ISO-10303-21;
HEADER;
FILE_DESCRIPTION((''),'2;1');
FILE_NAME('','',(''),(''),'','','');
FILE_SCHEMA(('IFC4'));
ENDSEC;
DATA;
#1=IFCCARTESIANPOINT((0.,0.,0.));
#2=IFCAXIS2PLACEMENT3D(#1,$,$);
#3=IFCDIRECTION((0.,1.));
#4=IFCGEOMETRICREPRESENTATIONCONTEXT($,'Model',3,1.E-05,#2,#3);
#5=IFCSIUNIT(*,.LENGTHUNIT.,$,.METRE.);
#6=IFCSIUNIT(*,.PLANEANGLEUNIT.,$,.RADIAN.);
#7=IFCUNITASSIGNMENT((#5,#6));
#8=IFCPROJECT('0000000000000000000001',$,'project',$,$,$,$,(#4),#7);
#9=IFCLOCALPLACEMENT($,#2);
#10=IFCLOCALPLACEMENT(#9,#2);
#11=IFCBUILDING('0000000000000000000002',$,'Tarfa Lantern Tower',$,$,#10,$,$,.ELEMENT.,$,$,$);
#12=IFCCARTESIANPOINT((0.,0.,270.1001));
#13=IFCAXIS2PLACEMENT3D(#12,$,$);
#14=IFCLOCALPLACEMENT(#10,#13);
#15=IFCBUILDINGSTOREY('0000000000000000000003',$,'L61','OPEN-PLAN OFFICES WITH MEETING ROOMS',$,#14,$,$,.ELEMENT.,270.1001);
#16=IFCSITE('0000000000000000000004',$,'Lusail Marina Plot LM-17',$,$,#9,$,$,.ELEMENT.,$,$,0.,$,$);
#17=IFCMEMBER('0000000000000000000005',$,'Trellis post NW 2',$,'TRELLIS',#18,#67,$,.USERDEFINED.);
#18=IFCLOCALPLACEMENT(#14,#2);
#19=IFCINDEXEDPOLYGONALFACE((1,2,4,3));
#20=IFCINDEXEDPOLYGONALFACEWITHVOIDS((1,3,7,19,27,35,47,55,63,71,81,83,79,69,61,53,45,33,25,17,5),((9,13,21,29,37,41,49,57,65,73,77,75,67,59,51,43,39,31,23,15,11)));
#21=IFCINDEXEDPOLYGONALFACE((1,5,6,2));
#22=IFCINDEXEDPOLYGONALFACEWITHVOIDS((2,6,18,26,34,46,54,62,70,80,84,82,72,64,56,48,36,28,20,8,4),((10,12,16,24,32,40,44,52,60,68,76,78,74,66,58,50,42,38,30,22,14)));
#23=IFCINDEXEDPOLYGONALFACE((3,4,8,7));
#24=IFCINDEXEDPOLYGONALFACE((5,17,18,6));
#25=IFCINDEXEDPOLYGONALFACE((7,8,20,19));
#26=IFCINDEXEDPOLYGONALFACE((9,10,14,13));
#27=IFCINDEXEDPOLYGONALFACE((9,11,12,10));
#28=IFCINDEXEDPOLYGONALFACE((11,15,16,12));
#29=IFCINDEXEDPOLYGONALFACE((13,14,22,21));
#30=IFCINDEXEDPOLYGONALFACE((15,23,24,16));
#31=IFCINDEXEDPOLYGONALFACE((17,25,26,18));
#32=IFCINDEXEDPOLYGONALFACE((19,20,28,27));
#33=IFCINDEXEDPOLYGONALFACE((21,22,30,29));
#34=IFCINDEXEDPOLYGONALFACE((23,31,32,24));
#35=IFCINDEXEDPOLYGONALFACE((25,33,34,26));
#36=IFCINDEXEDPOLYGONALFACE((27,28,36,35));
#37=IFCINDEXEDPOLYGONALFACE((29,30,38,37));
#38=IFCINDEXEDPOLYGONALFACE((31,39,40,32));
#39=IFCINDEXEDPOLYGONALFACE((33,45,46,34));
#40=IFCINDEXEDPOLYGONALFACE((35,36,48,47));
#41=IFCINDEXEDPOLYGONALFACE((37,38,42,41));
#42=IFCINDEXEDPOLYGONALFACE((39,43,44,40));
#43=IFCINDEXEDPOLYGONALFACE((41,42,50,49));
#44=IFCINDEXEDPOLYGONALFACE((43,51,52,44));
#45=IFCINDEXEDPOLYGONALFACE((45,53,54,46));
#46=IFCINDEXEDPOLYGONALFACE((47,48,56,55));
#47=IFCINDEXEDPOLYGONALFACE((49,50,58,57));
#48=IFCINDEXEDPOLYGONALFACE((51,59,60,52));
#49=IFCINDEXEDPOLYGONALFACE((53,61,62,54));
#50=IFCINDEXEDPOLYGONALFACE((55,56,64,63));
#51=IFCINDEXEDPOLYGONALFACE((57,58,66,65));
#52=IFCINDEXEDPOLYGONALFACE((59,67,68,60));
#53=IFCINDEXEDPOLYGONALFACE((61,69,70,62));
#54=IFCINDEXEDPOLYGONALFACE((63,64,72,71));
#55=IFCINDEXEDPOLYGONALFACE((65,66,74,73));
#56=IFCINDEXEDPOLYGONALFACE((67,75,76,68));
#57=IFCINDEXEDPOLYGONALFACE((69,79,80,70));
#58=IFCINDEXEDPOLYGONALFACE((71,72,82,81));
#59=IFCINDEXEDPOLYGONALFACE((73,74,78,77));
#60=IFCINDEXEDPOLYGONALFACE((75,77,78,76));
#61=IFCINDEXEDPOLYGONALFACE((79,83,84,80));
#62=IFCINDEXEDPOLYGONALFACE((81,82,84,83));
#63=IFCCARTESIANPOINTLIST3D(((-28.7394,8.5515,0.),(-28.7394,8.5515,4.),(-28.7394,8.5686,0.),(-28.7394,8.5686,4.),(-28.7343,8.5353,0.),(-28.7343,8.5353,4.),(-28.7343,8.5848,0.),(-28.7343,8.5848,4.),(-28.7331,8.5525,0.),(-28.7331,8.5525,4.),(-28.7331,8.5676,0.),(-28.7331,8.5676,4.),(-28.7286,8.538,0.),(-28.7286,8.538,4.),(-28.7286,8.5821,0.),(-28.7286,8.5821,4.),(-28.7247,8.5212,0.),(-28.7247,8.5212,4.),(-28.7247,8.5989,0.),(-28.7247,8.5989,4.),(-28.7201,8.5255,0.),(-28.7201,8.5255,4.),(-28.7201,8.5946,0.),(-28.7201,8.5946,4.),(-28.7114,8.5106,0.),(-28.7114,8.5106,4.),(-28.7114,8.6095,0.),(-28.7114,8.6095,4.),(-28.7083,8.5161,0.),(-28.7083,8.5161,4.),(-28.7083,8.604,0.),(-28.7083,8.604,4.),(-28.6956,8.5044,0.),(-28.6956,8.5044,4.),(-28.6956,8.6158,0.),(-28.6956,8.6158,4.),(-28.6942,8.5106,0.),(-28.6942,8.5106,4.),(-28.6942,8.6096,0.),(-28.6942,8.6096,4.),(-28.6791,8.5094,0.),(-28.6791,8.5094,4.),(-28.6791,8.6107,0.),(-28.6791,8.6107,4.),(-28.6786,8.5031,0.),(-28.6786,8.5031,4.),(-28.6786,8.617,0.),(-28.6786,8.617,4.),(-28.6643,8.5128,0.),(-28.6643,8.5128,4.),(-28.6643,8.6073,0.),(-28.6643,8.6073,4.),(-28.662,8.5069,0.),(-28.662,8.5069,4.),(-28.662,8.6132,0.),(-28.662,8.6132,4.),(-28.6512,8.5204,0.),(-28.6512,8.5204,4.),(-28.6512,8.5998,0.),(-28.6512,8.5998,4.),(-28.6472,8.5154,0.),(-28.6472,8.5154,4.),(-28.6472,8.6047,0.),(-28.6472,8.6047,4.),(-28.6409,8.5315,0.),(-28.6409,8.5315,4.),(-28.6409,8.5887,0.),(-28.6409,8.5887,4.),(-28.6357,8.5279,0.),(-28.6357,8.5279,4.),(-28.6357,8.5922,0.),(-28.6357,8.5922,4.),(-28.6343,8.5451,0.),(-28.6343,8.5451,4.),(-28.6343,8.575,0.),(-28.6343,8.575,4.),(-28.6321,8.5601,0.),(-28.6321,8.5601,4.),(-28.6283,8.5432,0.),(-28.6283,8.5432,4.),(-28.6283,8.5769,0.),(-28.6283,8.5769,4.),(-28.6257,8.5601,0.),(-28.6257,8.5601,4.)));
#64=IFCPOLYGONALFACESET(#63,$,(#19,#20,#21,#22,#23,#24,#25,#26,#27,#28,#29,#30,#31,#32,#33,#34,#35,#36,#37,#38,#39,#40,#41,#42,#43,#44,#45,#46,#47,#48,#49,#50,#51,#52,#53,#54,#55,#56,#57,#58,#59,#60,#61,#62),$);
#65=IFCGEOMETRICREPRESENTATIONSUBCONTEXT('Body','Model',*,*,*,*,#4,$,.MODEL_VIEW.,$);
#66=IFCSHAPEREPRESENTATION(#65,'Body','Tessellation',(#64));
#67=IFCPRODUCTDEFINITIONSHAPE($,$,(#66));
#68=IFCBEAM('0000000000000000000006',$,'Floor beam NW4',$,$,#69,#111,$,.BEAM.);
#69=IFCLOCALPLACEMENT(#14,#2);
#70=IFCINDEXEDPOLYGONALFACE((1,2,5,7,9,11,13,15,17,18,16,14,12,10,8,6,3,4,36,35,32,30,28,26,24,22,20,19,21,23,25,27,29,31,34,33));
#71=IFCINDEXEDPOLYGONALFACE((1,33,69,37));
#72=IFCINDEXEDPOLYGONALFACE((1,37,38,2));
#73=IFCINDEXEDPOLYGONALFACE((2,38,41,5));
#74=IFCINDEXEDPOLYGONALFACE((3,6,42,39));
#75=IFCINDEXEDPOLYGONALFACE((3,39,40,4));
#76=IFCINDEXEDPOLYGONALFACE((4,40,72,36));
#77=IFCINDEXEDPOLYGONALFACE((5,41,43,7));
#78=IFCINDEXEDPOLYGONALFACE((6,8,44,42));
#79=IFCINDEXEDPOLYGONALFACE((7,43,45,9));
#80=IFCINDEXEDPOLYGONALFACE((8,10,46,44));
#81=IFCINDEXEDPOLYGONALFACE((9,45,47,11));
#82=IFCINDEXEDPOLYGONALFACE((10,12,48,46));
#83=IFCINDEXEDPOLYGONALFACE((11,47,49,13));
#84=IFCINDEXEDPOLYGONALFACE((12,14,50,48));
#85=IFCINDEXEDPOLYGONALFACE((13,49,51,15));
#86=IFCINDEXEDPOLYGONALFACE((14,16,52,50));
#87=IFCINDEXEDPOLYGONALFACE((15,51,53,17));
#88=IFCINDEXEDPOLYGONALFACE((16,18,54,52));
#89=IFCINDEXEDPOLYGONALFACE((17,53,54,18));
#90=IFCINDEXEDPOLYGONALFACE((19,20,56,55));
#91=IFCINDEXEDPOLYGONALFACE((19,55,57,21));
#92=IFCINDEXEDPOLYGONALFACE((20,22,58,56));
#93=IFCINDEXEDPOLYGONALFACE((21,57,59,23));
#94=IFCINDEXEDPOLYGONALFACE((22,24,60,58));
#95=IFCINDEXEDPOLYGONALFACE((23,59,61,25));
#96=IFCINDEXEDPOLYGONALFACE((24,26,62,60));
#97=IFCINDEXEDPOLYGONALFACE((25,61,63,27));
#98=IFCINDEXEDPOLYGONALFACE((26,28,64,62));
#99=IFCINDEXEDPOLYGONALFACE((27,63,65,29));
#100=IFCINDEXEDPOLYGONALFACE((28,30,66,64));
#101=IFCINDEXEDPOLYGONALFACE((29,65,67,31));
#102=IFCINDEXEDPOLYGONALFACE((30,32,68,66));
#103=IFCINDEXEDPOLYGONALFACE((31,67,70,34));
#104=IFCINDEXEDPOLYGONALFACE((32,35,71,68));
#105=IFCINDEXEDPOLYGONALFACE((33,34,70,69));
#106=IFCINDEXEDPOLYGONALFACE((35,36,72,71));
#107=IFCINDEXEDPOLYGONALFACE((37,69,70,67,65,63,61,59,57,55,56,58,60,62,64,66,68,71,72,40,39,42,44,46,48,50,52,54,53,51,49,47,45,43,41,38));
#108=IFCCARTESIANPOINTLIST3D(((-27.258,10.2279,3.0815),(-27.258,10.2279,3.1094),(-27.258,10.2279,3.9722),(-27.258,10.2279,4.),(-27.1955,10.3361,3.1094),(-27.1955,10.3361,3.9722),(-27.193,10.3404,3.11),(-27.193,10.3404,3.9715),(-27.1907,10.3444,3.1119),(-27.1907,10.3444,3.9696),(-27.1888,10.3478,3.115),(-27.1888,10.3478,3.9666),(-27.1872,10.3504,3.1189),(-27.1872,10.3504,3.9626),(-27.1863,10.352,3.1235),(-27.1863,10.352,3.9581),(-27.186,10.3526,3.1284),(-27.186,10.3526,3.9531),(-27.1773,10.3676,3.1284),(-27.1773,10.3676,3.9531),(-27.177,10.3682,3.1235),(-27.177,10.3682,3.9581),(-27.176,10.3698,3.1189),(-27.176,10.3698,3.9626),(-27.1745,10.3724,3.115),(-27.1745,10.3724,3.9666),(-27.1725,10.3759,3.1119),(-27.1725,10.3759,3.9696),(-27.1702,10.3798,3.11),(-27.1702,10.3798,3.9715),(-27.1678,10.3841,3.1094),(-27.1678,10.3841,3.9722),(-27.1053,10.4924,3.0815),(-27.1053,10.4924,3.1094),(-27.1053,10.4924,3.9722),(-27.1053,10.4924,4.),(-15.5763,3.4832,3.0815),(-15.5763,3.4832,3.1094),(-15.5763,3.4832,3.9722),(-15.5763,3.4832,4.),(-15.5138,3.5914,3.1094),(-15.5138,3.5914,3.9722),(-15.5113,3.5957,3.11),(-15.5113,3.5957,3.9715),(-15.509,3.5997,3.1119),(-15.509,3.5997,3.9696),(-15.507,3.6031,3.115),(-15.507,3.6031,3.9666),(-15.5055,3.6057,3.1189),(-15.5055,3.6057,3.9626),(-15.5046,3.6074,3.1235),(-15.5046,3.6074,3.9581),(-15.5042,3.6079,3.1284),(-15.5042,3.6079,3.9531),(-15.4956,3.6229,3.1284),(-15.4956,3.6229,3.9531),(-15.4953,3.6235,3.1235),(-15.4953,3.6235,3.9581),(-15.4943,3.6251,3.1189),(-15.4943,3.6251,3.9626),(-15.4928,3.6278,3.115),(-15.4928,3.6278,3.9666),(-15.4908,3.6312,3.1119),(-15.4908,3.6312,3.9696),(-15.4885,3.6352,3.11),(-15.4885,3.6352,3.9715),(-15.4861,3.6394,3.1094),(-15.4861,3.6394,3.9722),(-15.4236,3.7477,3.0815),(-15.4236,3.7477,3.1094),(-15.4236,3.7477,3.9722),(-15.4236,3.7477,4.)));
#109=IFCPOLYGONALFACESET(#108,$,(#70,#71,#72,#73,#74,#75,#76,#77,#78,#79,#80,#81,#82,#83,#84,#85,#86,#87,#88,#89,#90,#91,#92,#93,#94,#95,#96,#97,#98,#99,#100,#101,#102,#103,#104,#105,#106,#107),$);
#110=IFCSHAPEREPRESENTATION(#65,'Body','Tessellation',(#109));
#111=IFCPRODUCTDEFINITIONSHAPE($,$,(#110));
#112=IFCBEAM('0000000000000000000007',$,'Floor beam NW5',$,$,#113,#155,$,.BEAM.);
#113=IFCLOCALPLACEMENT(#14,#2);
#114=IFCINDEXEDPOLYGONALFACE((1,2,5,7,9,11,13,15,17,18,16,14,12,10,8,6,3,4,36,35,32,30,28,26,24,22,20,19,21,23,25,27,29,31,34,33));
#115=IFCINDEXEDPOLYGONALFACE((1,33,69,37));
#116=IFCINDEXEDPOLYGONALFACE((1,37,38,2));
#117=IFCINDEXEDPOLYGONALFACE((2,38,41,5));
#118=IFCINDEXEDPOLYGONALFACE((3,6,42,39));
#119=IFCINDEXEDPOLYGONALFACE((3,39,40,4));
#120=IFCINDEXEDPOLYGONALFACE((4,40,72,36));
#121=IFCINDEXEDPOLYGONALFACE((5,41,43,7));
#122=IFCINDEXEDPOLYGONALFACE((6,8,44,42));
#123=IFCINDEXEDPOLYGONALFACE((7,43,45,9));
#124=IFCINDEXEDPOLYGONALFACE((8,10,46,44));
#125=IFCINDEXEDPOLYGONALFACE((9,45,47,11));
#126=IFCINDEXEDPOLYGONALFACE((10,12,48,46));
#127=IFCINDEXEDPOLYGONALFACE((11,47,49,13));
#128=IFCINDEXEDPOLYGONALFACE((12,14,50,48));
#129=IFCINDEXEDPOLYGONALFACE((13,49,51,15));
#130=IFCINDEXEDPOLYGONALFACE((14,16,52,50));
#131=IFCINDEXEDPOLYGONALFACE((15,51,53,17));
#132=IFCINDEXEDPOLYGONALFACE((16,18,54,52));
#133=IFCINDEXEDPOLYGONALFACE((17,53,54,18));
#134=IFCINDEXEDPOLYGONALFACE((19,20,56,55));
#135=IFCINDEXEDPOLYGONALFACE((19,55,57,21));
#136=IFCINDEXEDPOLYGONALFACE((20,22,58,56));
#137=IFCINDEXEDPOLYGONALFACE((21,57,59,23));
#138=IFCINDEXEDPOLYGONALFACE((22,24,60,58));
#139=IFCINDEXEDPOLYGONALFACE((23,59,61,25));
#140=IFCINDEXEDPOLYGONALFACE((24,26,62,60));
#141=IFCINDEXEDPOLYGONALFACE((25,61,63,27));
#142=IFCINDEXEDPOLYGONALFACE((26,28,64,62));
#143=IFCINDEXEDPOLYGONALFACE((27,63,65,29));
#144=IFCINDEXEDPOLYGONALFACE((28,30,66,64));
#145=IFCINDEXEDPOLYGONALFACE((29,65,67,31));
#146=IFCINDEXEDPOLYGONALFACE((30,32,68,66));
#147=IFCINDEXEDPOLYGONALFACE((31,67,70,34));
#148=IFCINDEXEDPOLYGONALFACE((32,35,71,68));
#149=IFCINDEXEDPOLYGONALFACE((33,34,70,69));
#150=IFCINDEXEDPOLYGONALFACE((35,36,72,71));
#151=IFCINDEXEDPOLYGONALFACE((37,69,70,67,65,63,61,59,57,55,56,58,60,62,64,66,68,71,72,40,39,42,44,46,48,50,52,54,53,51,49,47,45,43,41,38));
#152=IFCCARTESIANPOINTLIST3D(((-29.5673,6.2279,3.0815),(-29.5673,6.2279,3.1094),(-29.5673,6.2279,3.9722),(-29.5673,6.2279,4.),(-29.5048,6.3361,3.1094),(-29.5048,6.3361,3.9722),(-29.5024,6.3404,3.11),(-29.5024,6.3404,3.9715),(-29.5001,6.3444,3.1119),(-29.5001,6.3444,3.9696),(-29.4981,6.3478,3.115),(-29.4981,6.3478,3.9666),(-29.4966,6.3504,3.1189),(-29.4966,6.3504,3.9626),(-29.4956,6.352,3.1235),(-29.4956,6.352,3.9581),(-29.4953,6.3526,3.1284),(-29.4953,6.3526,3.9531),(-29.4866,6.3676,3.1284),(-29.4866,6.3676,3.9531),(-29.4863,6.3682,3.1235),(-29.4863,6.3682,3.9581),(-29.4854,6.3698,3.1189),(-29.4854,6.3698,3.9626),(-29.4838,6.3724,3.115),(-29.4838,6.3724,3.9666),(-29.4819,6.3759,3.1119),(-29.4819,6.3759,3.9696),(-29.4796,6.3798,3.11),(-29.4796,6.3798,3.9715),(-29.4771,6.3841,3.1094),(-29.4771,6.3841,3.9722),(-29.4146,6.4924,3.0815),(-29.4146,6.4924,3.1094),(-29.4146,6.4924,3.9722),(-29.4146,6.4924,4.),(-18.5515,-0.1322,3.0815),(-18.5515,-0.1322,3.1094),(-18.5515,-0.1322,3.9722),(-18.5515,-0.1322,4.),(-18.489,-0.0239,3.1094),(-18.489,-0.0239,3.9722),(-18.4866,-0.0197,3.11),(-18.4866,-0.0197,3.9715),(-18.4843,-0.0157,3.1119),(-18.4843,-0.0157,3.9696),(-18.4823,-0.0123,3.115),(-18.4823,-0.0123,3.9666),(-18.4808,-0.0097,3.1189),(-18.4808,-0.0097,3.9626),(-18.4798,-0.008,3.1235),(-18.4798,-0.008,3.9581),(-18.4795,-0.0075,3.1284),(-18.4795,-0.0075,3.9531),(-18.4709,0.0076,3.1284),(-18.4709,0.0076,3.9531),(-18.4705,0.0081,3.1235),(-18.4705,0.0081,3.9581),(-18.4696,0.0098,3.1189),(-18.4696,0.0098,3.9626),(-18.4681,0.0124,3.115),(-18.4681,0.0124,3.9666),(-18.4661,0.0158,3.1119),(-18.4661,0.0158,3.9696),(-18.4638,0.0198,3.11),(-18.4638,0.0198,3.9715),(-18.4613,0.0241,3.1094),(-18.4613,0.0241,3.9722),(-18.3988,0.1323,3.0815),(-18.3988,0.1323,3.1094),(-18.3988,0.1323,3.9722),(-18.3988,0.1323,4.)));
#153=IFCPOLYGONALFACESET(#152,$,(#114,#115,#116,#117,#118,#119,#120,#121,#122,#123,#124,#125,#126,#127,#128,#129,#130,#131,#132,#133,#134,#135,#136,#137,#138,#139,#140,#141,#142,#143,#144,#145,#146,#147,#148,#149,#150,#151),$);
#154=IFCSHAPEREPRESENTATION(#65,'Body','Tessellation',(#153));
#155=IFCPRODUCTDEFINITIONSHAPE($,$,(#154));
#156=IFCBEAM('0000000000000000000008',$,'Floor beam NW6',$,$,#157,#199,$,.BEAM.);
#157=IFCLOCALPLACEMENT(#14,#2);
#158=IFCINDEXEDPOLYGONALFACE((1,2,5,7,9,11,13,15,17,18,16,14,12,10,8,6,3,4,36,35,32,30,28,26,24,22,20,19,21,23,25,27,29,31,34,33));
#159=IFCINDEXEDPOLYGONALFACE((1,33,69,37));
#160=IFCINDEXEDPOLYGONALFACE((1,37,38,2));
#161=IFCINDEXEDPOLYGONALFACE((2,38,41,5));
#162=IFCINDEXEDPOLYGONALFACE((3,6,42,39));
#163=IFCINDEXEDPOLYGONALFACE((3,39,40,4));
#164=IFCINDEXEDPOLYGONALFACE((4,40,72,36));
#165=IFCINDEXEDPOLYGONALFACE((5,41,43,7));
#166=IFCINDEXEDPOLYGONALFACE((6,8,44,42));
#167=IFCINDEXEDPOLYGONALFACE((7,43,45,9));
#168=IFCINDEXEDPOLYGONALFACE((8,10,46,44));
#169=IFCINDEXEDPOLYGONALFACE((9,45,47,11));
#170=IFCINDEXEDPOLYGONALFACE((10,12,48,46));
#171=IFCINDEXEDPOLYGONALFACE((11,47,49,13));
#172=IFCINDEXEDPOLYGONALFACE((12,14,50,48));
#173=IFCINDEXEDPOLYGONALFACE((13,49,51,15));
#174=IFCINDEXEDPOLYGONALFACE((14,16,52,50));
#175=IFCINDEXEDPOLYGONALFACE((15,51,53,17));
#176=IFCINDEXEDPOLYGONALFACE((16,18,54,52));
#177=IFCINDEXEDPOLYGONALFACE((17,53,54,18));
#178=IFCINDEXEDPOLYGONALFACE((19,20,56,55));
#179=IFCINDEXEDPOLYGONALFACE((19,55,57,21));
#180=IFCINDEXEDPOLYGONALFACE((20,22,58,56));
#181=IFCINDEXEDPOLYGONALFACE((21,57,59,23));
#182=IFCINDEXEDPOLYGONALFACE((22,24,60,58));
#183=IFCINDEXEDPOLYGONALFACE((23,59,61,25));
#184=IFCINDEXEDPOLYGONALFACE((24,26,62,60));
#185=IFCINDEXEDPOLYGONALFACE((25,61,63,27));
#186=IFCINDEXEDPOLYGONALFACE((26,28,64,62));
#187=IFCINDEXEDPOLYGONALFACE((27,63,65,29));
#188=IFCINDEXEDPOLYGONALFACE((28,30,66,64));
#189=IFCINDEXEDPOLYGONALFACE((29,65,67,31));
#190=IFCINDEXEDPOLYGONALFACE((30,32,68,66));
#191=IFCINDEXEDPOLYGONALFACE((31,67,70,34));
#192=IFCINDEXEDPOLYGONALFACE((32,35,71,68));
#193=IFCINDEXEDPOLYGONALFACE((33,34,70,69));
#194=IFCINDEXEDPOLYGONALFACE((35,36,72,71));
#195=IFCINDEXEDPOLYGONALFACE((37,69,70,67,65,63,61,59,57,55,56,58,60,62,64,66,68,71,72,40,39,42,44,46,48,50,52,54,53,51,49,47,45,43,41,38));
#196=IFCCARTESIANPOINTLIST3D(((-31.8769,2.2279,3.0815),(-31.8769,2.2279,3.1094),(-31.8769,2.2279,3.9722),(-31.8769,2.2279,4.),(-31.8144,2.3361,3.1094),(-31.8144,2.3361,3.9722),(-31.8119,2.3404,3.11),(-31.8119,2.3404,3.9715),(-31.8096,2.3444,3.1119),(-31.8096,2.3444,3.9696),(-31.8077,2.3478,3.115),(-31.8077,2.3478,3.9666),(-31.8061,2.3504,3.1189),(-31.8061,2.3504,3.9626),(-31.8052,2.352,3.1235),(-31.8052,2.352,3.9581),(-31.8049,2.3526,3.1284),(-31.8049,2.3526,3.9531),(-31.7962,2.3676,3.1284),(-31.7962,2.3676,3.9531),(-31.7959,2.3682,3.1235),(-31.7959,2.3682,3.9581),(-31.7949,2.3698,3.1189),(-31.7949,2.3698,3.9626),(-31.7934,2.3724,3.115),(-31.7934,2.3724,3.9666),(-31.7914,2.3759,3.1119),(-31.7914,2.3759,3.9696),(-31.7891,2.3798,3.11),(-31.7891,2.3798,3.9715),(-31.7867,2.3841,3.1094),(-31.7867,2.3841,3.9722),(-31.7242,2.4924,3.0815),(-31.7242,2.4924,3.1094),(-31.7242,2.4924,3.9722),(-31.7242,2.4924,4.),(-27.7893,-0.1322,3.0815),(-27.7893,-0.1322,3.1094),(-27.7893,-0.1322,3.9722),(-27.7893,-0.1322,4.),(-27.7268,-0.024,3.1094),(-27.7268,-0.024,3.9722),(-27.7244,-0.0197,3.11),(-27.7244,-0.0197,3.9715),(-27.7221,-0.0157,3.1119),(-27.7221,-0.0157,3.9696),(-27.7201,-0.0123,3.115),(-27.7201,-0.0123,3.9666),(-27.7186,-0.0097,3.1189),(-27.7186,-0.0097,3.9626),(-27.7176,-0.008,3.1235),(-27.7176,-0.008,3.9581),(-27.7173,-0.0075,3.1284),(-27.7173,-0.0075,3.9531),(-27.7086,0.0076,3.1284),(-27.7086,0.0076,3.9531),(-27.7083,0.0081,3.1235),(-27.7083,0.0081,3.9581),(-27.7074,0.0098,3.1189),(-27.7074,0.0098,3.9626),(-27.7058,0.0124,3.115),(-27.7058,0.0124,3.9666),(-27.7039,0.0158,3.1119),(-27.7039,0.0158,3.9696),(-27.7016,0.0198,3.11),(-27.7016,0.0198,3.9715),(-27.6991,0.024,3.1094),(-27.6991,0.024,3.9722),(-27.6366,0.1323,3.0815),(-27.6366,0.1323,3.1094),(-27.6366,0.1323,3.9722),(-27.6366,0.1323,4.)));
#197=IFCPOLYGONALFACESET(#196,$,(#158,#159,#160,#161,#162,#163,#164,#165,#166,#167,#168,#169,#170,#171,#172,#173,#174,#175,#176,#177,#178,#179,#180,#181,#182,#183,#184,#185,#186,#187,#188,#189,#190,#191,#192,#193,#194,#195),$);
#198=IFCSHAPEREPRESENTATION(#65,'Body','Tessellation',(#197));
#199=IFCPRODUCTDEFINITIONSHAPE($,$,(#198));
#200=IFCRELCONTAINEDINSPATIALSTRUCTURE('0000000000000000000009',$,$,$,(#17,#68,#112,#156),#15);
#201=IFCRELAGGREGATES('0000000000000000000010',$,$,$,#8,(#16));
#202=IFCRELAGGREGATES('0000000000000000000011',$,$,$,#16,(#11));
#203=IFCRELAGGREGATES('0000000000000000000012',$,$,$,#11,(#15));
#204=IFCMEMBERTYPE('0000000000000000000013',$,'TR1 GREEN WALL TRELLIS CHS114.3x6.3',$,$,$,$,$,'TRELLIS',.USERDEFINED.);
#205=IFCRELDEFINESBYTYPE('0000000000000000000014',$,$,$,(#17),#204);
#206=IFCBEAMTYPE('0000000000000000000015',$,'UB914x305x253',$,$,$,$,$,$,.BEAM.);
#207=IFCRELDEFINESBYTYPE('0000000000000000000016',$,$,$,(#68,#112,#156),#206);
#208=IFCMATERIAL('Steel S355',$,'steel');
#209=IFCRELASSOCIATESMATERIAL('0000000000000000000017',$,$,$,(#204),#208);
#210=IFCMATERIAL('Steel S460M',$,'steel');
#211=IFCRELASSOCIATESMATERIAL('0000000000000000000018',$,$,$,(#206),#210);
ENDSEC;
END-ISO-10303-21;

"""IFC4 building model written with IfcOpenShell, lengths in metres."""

from ifc_helpers import new_model, si_unit, direction, frame, origin, origin_2d, place, context, subcontext, project, spatial, hollow_circle, i_section, extrude, material, material_profile, profile_set, type_object, element, save


model = new_model("IFC4")

# Units and contexts
model_context = context("Model", 3, precision=1e-05, world=origin(), true_north=direction((0.0, 1.0)))
body_context = subcontext(model_context, "Body", "Model", "MODEL_VIEW")
ifc_project = project(units=[si_unit("LENGTHUNIT", "METRE"), si_unit("PLANEANGLEUNIT", "RADIAN")], contexts=[model_context])

# Site, building, storey
site_placement = place(None, origin())
site = spatial("IfcSite", under=ifc_project, at=site_placement, Name="Lusail Marina Plot LM-17", CompositionType="ELEMENT", RefElevation=0.0)
building_placement = place(site_placement, origin())
building = spatial("IfcBuilding", under=site, at=building_placement, Name="Tarfa Lantern Tower", CompositionType="ELEMENT")
storey_placement = place(building_placement, frame((0.0, 0.0, 270.1001)))
storey = spatial("IfcBuildingStorey", under=building, at=storey_placement, Name="L61", Description="OPEN-PLAN OFFICES WITH MEETING ROOMS", CompositionType="ELEMENT", Elevation=270.1001)

# Member
ifc_material_1 = material(Name="Steel S355", Category="steel")
ifc_material_profile_1 = material_profile(ifc_material_1, hollow_circle(Radius=0.0571, WallThickness=0.0063, at=origin_2d()), Name="CHS114.3x6.3")
ifc_profile_set_1 = profile_set([ifc_material_profile_1], Name="Steel S355")
member_type_1 = type_object("IfcMemberType", Name="TR1 GREEN WALL TRELLIS CHS114.3x6.3", ElementType="TRELLIS", PredefinedType="USERDEFINED", material=ifc_profile_set_1)
member_1_placement = place(storey_placement, frame((-28.6829, 8.5601, 0.0), z_axis=(0.0, 0.0, 1.0), x_axis=(1.0, 0.0, 0.0)))
element("IfcMember", 1, at=member_1_placement, inside=storey, type_object=member_type_1, Name="Trellis post NW 2", ObjectType="TRELLIS", PredefinedType="USERDEFINED", context=body_context, shape_type="SweptSolid", body=[
    extrude(hollow_circle(Radius=0.0571, WallThickness=0.0063, at=origin_2d()), origin(), (0.0, 0.0, 1.0), 4.0),
])

# Beams
ifc_material_2 = material(Name="Steel S460M", Category="steel")
ifc_material_profile_2 = material_profile(ifc_material_2, i_section(OverallWidth=0.3054, OverallDepth=0.9185, WebThickness=0.0173, FlangeThickness=0.0278, FilletRadius=0.019, at=origin_2d()), Name="UB914x305x253")
ifc_profile_set_2 = profile_set([ifc_material_profile_2], Name="Steel S460M")
beam_type_1 = type_object("IfcBeamType", Name="UB914x305x253", PredefinedType="BEAM", material=ifc_profile_set_2)
beam_1_placement = place(storey_placement, frame((-27.1816, 10.3601, 3.5408), z_axis=(0.866018, -0.500013, 0.0), x_axis=(0.500013, 0.866018, 0.0)))
element("IfcBeam", 2, at=beam_1_placement, inside=storey, type_object=beam_type_1, Name="Floor beam NW4", PredefinedType="BEAM", context=body_context, shape_type="SweptSolid", body=[
    extrude(i_section(OverallWidth=0.3054, OverallDepth=0.9185, WebThickness=0.0173, FlangeThickness=0.0278, FilletRadius=0.019, at=origin_2d()), origin(), (0.0, 0.0, 1.0), 13.489),
])
beam_2_placement = place(storey_placement, frame((-29.491, 6.3601, 3.5408), z_axis=(0.866022, -0.500005, 0.0), x_axis=(0.500005, 0.866022, 0.0)))
element("IfcBeam", 3, at=beam_2_placement, inside=storey, type_object=beam_type_1, Name="Floor beam NW5", PredefinedType="BEAM", context=body_context, shape_type="SweptSolid", body=[
    extrude(i_section(OverallWidth=0.3054, OverallDepth=0.9185, WebThickness=0.0173, FlangeThickness=0.0278, FilletRadius=0.019, at=origin_2d()), origin(), (0.0, 0.0, 1.0), 12.72),
])
beam_3_placement = place(storey_placement, frame((-31.8005, 2.3601, 3.5408), z_axis=(0.866016, -0.500016, 0.0), x_axis=(0.500016, 0.866016, 0.0)))
element("IfcBeam", 4, at=beam_3_placement, inside=storey, type_object=beam_type_1, Name="Floor beam NW6", PredefinedType="BEAM", context=body_context, shape_type="SweptSolid", body=[
    extrude(i_section(OverallWidth=0.3054, OverallDepth=0.9185, WebThickness=0.0173, FlangeThickness=0.0278, FilletRadius=0.019, at=origin_2d()), origin(), (0.0, 0.0, 1.0), 4.72),
])

save(model, "model.ifc")
